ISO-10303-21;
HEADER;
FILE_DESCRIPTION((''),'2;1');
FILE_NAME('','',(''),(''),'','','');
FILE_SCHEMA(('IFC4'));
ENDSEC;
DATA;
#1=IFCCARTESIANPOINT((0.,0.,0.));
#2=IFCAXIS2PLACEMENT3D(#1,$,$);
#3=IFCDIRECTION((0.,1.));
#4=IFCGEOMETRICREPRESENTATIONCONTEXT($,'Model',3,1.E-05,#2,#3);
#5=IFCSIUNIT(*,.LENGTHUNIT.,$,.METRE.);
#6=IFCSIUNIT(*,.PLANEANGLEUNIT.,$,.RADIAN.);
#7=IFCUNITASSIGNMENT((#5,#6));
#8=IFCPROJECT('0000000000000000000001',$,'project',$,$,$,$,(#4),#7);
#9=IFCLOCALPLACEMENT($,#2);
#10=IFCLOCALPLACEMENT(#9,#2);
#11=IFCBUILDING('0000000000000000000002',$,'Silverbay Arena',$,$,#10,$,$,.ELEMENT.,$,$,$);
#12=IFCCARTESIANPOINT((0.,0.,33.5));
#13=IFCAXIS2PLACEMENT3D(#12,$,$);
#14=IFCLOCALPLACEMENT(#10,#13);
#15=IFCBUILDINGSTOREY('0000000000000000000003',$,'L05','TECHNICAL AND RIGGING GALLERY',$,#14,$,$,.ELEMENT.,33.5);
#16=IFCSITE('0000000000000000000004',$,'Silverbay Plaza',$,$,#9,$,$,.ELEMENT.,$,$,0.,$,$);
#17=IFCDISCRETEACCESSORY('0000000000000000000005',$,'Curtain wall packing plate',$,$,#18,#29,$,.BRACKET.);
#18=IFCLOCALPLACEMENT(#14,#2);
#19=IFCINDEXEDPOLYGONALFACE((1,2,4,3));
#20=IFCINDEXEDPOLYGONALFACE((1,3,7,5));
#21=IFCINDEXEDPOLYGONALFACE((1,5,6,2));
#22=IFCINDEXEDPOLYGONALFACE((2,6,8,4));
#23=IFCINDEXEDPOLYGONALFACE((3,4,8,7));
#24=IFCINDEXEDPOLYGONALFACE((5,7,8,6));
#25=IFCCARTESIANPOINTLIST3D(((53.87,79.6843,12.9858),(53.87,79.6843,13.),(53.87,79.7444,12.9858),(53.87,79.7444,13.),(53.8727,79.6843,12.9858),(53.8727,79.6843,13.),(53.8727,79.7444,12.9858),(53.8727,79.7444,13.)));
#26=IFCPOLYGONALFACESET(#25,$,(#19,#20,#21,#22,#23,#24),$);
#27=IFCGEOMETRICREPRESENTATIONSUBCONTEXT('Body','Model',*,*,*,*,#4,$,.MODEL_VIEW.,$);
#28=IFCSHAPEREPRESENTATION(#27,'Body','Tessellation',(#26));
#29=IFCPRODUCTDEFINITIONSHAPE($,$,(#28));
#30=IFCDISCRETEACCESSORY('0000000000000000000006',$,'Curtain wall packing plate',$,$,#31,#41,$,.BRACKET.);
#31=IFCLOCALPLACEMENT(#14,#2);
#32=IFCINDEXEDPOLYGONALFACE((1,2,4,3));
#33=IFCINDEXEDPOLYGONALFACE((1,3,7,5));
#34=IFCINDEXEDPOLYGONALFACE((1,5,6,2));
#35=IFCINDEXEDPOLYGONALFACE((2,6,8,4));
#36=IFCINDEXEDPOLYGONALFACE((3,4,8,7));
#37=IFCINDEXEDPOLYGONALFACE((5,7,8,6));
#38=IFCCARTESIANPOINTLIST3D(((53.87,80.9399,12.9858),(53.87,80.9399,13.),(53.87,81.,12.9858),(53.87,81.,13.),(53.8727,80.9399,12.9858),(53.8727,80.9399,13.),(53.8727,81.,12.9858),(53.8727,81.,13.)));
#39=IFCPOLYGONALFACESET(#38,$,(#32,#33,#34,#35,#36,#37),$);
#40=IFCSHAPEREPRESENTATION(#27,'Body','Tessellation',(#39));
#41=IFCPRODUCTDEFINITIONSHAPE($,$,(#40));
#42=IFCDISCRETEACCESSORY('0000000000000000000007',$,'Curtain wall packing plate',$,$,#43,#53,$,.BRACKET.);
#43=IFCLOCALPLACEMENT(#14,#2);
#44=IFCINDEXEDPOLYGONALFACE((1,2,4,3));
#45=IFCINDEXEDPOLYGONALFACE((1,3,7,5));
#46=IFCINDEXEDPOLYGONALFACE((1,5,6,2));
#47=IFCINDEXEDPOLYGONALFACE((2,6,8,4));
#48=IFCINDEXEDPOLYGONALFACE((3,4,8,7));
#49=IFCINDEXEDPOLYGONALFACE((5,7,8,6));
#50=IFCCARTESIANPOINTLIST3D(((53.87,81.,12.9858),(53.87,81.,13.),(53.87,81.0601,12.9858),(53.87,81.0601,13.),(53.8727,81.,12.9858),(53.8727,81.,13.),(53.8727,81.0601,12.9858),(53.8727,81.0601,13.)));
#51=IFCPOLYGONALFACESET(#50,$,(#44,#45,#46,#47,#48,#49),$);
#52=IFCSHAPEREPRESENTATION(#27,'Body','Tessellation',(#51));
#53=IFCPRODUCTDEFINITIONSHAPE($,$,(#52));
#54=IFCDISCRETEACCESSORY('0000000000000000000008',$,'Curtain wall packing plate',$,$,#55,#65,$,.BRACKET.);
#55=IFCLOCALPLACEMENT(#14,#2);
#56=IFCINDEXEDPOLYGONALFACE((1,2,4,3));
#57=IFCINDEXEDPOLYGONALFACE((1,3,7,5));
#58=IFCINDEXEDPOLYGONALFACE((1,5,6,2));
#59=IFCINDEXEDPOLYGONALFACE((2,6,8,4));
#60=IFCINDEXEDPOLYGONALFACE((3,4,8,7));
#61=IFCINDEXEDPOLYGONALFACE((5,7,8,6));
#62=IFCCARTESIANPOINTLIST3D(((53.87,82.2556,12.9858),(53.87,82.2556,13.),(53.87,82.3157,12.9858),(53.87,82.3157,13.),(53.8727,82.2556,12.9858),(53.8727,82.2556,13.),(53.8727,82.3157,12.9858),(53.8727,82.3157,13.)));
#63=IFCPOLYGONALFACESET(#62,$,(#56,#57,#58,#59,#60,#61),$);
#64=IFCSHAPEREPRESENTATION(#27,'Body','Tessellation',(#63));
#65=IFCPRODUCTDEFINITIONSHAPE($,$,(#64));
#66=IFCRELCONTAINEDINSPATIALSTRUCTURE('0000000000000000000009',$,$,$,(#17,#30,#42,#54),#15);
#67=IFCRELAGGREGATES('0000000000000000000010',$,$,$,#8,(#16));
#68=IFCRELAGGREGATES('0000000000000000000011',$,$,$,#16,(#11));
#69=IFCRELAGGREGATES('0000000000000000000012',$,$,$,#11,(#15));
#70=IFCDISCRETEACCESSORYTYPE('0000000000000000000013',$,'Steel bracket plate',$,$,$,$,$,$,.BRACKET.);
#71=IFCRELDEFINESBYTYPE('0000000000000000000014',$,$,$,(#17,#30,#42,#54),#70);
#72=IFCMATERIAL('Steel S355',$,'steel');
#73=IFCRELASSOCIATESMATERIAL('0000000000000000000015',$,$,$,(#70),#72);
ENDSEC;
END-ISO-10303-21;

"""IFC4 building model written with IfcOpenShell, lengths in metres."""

from ifc_helpers import new_model, si_unit, direction, frame, origin, origin_2d, place, context, subcontext, project, spatial, rectangle, extrude, material, type_object, element, save


model = new_model("IFC4")

# Units and contexts
model_context = context("Model", 3, precision=1e-05, world=origin(), true_north=direction((0.0, 1.0)))
body_context = subcontext(model_context, "Body", "Model", "MODEL_VIEW")
ifc_project = project(units=[si_unit("LENGTHUNIT", "METRE"), si_unit("PLANEANGLEUNIT", "RADIAN")], contexts=[model_context])

# Site, building, storey
site_placement = place(None, origin())
site = spatial("IfcSite", under=ifc_project, at=site_placement, Name="Silverbay Plaza", CompositionType="ELEMENT", RefElevation=0.0)
building_placement = place(site_placement, origin())
building = spatial("IfcBuilding", under=site, at=building_placement, Name="Silverbay Arena", CompositionType="ELEMENT")
storey_placement = place(building_placement, frame((0.0, 0.0, 33.5)))
storey = spatial("IfcBuildingStorey", under=building, at=storey_placement, Name="L05", Description="TECHNICAL AND RIGGING GALLERY", CompositionType="ELEMENT", Elevation=33.5)

# Discrete accessories
ifc_material_1 = material(Name="Steel S355", Category="steel")
discrete_accessory_type = type_object("IfcDiscreteAccessoryType", Name="Steel bracket plate", PredefinedType="BRACKET", material=ifc_material_1)
for number, where, z_axis, x_axis, name in (
    (1, (53.8713, 79.7144, 12.9858), (0.0, 0.0, 1.0), (1.0, 0.0, 0.0), "Curtain wall packing plate"),
    (2, (53.8713, 80.97, 12.9858), (0.0, 0.0, 1.0), (1.0, 0.0, 0.0), "Curtain wall packing plate"),
    (3, (53.8713, 81.03, 12.9858), (0.0, 0.0, 1.0), (1.0, 0.0, 0.0), "Curtain wall packing plate"),
    (4, (53.8713, 82.2856, 12.9858), (0.0, 0.0, 1.0), (1.0, 0.0, 0.0), "Curtain wall packing plate"),
):
    element("IfcDiscreteAccessory", number, at=place(storey_placement, frame(where, z_axis=z_axis, x_axis=x_axis)), inside=storey, type_object=discrete_accessory_type, Name=name, PredefinedType="BRACKET", context=body_context, shape_type="SweptSolid", body=[
        extrude(rectangle(XDim=0.0027, YDim=0.0601, at=origin_2d()), origin(), (0.0, 0.0, 1.0), 0.0142),
    ])

save(model, "model.ifc")
